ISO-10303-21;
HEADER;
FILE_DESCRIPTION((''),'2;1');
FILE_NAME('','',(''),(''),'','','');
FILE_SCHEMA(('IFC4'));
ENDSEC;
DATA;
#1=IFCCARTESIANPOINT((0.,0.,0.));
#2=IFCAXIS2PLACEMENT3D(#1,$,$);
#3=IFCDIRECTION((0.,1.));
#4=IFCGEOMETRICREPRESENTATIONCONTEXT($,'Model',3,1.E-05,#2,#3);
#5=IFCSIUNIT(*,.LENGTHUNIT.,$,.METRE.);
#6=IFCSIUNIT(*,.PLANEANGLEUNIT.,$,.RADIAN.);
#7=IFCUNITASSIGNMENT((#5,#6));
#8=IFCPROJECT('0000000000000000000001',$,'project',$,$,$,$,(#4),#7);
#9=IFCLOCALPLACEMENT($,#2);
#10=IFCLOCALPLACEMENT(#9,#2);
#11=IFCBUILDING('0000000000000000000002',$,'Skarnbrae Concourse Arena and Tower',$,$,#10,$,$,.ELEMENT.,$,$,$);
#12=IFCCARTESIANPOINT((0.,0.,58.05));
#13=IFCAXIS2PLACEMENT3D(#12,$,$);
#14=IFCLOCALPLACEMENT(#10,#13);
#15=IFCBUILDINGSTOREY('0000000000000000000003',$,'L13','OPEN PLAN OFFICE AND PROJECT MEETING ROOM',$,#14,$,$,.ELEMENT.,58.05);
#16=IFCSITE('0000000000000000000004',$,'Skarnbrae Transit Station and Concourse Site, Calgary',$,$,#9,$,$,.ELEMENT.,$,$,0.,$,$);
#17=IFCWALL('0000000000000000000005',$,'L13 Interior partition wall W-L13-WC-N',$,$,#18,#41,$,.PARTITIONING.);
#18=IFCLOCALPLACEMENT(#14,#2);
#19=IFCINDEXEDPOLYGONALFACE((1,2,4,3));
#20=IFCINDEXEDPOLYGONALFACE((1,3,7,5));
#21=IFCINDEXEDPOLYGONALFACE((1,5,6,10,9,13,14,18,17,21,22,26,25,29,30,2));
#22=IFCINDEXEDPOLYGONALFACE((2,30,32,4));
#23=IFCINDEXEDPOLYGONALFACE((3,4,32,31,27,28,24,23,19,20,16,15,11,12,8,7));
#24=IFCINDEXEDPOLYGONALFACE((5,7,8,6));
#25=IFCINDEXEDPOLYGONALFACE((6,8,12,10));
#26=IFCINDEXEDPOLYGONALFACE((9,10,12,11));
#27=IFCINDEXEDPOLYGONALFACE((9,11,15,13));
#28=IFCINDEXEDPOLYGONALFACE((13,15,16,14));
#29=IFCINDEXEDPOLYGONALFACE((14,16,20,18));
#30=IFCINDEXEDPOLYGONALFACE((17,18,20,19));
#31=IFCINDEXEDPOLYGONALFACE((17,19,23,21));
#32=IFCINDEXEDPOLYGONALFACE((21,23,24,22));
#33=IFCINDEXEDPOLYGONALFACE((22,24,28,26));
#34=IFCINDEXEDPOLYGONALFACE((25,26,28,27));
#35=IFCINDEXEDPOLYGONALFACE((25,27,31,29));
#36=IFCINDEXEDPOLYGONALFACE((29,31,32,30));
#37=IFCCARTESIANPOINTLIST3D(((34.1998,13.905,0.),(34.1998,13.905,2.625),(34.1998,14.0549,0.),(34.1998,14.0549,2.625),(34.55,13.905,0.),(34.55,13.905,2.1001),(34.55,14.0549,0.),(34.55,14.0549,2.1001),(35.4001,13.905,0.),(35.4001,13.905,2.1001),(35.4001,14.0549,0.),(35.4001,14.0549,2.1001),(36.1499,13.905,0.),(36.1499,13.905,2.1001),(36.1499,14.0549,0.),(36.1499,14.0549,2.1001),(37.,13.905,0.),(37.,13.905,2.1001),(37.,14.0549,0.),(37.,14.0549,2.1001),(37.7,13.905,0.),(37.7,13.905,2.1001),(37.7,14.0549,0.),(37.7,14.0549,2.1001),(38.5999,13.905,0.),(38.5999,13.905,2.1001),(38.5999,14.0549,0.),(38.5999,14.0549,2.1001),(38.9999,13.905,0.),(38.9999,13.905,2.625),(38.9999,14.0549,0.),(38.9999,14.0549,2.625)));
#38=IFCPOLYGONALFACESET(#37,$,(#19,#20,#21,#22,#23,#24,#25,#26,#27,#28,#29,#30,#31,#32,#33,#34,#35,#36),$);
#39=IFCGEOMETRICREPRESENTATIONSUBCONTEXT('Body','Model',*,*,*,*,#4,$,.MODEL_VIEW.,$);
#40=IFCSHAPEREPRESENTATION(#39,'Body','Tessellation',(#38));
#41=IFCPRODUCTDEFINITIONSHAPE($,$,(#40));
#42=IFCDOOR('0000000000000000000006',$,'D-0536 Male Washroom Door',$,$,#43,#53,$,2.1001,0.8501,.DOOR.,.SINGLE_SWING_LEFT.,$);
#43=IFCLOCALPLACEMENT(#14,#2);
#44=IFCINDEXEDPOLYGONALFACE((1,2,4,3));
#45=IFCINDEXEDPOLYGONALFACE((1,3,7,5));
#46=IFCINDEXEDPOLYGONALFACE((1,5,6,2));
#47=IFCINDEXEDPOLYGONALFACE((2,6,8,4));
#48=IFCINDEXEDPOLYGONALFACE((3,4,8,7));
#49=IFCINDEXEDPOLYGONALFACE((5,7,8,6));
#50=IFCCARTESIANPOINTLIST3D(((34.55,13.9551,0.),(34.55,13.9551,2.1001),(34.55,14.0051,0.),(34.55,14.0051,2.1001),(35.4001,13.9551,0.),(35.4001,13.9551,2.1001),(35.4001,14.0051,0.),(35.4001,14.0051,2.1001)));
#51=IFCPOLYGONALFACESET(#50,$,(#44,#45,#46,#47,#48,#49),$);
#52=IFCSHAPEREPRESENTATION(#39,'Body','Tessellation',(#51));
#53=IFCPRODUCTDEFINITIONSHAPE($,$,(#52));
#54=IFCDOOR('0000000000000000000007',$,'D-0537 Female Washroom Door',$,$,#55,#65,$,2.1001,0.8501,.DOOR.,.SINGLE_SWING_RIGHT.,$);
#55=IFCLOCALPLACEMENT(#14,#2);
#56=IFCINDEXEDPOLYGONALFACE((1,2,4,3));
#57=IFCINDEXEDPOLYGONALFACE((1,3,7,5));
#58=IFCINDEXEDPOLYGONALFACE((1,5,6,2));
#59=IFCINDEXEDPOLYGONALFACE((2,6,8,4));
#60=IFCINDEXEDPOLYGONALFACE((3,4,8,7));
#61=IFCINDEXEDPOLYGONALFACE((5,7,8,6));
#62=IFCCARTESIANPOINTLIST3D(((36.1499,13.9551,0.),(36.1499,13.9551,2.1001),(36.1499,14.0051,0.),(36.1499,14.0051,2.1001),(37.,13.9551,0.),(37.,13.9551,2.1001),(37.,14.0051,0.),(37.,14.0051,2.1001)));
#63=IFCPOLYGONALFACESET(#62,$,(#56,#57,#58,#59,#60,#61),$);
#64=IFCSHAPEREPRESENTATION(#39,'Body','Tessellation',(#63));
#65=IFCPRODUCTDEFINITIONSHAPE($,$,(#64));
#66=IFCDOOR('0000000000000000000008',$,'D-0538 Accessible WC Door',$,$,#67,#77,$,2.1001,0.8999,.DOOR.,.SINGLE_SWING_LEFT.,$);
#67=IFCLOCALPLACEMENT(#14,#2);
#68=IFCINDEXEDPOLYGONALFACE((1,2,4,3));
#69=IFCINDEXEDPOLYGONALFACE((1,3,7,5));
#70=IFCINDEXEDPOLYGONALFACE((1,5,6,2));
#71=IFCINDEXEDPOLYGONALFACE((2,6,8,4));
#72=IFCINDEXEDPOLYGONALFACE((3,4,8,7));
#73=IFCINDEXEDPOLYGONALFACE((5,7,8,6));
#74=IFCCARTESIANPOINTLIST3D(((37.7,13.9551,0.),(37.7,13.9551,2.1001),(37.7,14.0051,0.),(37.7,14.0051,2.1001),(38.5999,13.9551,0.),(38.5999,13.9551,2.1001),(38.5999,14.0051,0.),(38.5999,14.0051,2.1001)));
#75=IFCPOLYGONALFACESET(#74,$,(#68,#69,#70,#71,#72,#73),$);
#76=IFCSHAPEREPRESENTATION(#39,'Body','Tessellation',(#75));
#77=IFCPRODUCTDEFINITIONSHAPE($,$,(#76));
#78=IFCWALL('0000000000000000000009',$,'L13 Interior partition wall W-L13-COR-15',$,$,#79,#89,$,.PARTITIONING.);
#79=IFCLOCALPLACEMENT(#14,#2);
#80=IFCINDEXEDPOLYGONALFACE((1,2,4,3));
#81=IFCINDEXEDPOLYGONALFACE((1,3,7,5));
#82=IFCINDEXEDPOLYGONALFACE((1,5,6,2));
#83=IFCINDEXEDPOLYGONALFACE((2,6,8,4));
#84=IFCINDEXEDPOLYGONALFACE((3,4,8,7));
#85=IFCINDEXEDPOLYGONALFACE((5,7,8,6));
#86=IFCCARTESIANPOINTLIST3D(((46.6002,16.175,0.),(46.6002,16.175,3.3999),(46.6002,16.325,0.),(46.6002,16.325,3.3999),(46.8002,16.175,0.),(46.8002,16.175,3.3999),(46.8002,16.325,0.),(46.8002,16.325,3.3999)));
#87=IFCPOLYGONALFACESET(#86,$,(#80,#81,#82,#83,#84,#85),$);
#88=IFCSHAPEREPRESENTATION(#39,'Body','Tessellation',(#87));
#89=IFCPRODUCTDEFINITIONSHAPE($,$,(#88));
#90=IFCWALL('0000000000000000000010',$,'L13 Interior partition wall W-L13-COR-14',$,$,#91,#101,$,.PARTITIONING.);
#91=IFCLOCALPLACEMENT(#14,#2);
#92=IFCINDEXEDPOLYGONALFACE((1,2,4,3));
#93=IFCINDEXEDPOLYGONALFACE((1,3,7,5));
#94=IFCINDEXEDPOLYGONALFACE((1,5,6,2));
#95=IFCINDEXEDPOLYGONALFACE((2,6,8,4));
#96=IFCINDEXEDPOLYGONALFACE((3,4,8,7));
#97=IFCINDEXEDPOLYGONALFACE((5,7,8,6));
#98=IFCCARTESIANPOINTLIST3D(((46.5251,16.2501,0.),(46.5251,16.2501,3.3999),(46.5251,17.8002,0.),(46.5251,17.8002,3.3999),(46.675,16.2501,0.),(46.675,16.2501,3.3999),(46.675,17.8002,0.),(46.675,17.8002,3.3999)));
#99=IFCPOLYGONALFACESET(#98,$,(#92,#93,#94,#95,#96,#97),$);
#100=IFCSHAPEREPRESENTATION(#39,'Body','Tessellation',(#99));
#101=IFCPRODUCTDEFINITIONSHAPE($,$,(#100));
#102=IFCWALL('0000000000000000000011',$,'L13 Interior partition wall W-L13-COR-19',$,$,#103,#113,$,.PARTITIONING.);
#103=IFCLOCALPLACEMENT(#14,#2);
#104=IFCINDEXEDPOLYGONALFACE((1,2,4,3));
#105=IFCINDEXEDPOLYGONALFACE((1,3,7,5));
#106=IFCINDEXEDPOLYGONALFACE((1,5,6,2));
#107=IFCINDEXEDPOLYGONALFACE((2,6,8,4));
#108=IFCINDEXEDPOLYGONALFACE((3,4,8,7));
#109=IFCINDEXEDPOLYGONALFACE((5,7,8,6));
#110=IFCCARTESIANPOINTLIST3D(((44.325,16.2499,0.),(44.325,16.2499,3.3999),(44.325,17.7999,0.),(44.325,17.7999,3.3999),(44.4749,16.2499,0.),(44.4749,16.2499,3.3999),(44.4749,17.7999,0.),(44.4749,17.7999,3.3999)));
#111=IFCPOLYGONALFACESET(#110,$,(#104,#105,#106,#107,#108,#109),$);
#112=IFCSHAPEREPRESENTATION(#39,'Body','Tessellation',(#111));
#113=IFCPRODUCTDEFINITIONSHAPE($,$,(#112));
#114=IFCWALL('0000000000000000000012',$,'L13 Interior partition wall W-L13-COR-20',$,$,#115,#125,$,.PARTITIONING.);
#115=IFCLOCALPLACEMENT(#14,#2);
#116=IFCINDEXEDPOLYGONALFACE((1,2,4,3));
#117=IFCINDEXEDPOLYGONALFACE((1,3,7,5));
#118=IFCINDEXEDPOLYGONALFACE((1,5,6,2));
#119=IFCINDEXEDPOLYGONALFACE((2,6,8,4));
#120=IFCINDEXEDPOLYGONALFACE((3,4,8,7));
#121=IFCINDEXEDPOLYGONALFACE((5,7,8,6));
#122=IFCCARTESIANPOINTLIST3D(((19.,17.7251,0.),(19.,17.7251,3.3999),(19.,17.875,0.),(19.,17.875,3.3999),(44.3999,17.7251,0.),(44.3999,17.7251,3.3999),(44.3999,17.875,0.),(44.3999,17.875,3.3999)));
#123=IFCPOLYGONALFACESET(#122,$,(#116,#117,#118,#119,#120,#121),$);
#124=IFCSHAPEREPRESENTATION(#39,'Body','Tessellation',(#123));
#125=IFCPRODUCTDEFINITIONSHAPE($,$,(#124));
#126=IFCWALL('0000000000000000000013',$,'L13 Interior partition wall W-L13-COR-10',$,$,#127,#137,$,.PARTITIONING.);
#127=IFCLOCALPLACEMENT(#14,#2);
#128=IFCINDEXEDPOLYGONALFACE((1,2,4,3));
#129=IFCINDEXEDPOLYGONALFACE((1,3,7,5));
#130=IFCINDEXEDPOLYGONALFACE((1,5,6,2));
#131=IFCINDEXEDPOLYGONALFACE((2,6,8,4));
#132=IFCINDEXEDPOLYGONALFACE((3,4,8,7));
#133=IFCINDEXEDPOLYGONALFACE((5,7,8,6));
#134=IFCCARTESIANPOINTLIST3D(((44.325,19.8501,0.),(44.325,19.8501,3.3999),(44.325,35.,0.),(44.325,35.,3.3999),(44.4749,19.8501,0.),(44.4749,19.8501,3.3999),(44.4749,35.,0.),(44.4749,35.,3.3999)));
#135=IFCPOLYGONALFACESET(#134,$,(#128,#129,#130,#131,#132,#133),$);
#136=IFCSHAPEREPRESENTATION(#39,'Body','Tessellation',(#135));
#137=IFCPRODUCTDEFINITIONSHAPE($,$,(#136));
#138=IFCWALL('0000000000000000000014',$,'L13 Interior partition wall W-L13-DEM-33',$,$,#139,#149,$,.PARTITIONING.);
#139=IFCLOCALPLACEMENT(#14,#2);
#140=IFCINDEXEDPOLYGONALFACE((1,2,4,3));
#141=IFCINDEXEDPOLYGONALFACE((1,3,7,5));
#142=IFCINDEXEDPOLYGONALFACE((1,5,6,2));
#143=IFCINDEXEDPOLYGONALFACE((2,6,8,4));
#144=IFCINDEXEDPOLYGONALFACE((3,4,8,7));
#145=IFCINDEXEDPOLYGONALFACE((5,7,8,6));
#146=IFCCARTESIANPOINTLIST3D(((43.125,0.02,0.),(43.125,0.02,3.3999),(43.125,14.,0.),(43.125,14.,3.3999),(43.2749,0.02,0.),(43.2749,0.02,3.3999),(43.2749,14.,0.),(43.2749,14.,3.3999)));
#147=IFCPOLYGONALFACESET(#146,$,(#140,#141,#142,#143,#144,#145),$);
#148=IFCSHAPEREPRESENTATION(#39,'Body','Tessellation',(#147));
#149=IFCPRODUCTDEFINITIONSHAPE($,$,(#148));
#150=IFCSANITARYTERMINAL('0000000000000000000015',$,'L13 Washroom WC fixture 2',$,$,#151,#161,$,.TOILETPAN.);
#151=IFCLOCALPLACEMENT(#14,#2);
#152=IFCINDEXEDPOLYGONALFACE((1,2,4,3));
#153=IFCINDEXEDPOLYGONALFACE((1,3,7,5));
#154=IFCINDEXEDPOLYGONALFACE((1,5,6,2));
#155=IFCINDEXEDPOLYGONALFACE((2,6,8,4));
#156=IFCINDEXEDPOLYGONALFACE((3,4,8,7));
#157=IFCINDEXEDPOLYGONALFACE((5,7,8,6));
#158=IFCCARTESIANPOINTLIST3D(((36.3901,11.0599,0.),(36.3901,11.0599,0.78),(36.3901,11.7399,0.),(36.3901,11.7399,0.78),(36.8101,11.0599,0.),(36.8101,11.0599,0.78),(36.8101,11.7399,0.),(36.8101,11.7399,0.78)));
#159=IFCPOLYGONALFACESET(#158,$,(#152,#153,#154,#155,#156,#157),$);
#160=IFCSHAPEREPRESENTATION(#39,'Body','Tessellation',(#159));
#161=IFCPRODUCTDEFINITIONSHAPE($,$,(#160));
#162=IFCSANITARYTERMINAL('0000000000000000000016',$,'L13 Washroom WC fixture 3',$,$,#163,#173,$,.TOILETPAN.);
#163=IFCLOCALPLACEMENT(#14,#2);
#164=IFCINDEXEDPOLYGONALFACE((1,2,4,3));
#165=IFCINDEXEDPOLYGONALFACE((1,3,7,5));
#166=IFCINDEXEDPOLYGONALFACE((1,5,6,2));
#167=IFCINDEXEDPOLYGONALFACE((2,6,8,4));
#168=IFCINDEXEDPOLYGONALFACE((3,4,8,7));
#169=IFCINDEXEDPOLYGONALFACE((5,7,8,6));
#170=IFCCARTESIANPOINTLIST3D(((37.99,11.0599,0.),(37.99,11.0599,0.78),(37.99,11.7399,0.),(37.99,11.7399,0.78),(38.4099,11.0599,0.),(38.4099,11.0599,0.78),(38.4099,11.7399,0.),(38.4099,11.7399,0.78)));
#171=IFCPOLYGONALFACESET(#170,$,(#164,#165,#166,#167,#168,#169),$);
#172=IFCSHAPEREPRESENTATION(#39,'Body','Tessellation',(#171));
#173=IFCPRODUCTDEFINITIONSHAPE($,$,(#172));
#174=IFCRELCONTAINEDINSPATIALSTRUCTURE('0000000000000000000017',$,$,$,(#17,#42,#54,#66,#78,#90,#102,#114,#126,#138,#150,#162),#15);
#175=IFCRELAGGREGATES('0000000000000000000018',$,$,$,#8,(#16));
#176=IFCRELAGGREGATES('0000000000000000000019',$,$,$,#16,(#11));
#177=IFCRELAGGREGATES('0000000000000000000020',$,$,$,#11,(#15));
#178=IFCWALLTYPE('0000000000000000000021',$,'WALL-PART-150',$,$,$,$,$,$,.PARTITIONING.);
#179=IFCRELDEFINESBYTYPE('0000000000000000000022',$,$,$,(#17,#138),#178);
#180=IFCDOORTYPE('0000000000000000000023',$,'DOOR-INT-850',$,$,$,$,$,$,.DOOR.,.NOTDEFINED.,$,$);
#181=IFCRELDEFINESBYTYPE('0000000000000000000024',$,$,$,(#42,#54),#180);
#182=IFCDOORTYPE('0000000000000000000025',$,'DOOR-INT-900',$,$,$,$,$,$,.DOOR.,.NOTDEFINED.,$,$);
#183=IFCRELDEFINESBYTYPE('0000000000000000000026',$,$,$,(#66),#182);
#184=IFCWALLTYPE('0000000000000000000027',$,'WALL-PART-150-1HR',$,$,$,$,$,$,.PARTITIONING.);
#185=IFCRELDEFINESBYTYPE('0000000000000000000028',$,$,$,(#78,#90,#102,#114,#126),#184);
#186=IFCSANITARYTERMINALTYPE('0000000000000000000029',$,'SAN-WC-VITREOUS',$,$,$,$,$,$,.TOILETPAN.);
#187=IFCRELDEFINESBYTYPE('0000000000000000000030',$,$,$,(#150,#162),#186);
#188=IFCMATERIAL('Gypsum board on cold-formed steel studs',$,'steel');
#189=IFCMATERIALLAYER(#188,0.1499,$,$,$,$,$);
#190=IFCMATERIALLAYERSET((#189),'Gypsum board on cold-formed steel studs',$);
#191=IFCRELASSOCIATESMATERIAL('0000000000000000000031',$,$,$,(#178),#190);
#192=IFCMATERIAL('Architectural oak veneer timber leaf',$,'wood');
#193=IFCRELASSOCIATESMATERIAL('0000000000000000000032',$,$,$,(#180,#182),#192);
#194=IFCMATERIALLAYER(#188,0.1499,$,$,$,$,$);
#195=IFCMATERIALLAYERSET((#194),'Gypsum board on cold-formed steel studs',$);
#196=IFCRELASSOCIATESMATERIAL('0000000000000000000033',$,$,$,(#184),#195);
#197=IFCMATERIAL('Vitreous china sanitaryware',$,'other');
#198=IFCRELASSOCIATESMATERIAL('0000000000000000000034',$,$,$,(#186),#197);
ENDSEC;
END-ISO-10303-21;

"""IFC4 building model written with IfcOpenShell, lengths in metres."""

from ifc_helpers import new_model, si_unit, direction, frame, frame_2d, origin, origin_2d, place, context, subcontext, project, spatial, rectangle, extrude, source, transform, mapped, material, layer, layer_set, type_object, element, fill, save


model = new_model("IFC4")

# Units and contexts
model_context = context("Model", 3, precision=1e-05, world=origin(), true_north=direction((0.0, 1.0)))
body_context = subcontext(model_context, "Body", "Model", "MODEL_VIEW")
ifc_project = project(units=[si_unit("LENGTHUNIT", "METRE"), si_unit("PLANEANGLEUNIT", "RADIAN")], contexts=[model_context])

# Site, building, storey
site_placement = place(None, origin())
site = spatial("IfcSite", under=ifc_project, at=site_placement, Name="Skarnbrae Transit Station and Concourse Site, Calgary", CompositionType="ELEMENT", RefElevation=0.0)
building_placement = place(site_placement, origin())
building = spatial("IfcBuilding", under=site, at=building_placement, Name="Skarnbrae Concourse Arena and Tower", CompositionType="ELEMENT")
storey_placement = place(building_placement, frame((0.0, 0.0, 58.05)))
storey = spatial("IfcBuildingStorey", under=building, at=storey_placement, Name="L13", Description="OPEN PLAN OFFICE AND PROJECT MEETING ROOM", CompositionType="ELEMENT", Elevation=58.05)

# Wall, openings, doors
ifc_material_1 = material(Name="Gypsum board on cold-formed steel studs", Category="steel")
ifc_layer_1 = layer(ifc_material_1, 0.1499)
ifc_layer_set_1 = layer_set([ifc_layer_1], Name="Gypsum board on cold-formed steel studs")
wall_type_1 = type_object("IfcWallType", Name="WALL-PART-150", PredefinedType="PARTITIONING", material=ifc_layer_set_1)
shared_shape_1 = source(origin(), body_context, "Body", "SweptSolid", [
    extrude(rectangle(XDim=4.8, YDim=0.1499, at=frame_2d((2.3999, 0.0))), origin(), (0.0, 0.0, 1.0), 2.625),
])
wall_1_placement = place(storey_placement, frame((34.2, 13.98, 0.0), z_axis=(0.0, 0.0, 1.0), x_axis=(1.0, 0.0, 0.0)))
wall_1 = element("IfcWall", 1, at=wall_1_placement, inside=storey, type_object=wall_type_1, Name="L13 Interior partition wall W-L13-WC-N", PredefinedType="PARTITIONING", context=body_context, shape_type="MappedRepresentation", body=[
    mapped(shared_shape_1, transform((0.0, 0.0, 0.0))),
])
opening_1_placement = place(wall_1_placement, frame((0.3501, 0.0, 0.0)))
opening_1 = element("IfcOpeningElement", 2, at=opening_1_placement, cuts=wall_1, PredefinedType="OPENING", context=body_context, shape_type="SweptSolid", body=[
    extrude(rectangle(XDim=0.8501, YDim=2.1001, at=frame_2d((0.425, 1.05))), frame((0.0, 0.085, 0.0), z_axis=(0.0, -1.0, 0.0), x_axis=(1.0, 0.0, 0.0)), (0.0, 0.0, 1.0), 0.1699),
])
opening_2_placement = place(wall_1_placement, frame((1.95, 0.0, 0.0)))
opening_2 = element("IfcOpeningElement", 3, at=opening_2_placement, cuts=wall_1, PredefinedType="OPENING", context=body_context, shape_type="SweptSolid", body=[
    extrude(rectangle(XDim=0.8501, YDim=2.1001, at=frame_2d((0.425, 1.05))), frame((0.0, 0.085, 0.0), z_axis=(0.0, -1.0, 0.0), x_axis=(1.0, 0.0, 0.0)), (0.0, 0.0, 1.0), 0.1699),
])
opening_3_placement = place(wall_1_placement, frame((3.5, 0.0, 0.0)))
opening_3 = element("IfcOpeningElement", 4, at=opening_3_placement, cuts=wall_1, PredefinedType="OPENING", context=body_context, shape_type="SweptSolid", body=[
    extrude(rectangle(XDim=0.8999, YDim=2.1001, at=frame_2d((0.45, 1.05))), frame((0.0, 0.085, 0.0), z_axis=(0.0, -1.0, 0.0), x_axis=(1.0, 0.0, 0.0)), (0.0, 0.0, 1.0), 0.1699),
])
ifc_material_2 = material(Name="Architectural oak veneer timber leaf", Category="wood")
door_type_1 = type_object("IfcDoorType", Name="DOOR-INT-850", OperationType="NOTDEFINED", PredefinedType="DOOR", material=ifc_material_2)
shared_shape_2 = source(origin(), body_context, "Body", "SweptSolid", [
    extrude(rectangle(XDim=0.8501, YDim=2.1001, at=frame_2d((0.425, 1.05))), frame((0.0, 0.0249, 0.0), z_axis=(0.0, -1.0, 0.0), x_axis=(1.0, 0.0, 0.0)), (0.0, 0.0, 1.0), 0.05),
])
door_1_placement = place(opening_1_placement, frame((0.8501, 0.0, 0.0), z_axis=(0.0, 0.0, 1.0), x_axis=(-1.0, 0.0, 0.0)))
door_1 = element("IfcDoor", 5, at=door_1_placement, inside=storey, type_object=door_type_1, Name="D-0536 Male Washroom Door", OperationType="SINGLE_SWING_LEFT", OverallHeight=2.1001, OverallWidth=0.8501, PredefinedType="DOOR", context=body_context, shape_type="MappedRepresentation", body=[
    mapped(shared_shape_2, transform((0.0, 0.0, 0.0))),
])
fill(opening_1, door_1)
door_2_placement = place(opening_2_placement, frame((0.8501, 0.0, 0.0), z_axis=(0.0, 0.0, 1.0), x_axis=(-1.0, 0.0, 0.0)))
door_2 = element("IfcDoor", 6, at=door_2_placement, inside=storey, type_object=door_type_1, Name="D-0537 Female Washroom Door", OperationType="SINGLE_SWING_RIGHT", OverallHeight=2.1001, OverallWidth=0.8501, PredefinedType="DOOR", context=body_context, shape_type="MappedRepresentation", body=[
    mapped(shared_shape_2, transform((0.0, 0.0, 0.0))),
])
fill(opening_2, door_2)
door_type_2 = type_object("IfcDoorType", Name="DOOR-INT-900", OperationType="NOTDEFINED", PredefinedType="DOOR", material=ifc_material_2)
shared_shape_3 = source(origin(), body_context, "Body", "SweptSolid", [
    extrude(rectangle(XDim=0.8999, YDim=2.1001, at=frame_2d((0.45, 1.05))), frame((0.0, 0.0249, 0.0), z_axis=(0.0, -1.0, 0.0), x_axis=(1.0, 0.0, 0.0)), (0.0, 0.0, 1.0), 0.05),
])
door_3_placement = place(opening_3_placement, frame((0.8999, 0.0, 0.0), z_axis=(0.0, 0.0, 1.0), x_axis=(-1.0, 0.0, 0.0)))
door_3 = element("IfcDoor", 7, at=door_3_placement, inside=storey, type_object=door_type_2, Name="D-0538 Accessible WC Door", OperationType="SINGLE_SWING_LEFT", OverallHeight=2.1001, OverallWidth=0.8999, PredefinedType="DOOR", context=body_context, shape_type="MappedRepresentation", body=[
    mapped(shared_shape_3, transform((0.0, 0.0, 0.0))),
])
fill(opening_3, door_3)

# Walls
ifc_layer_2 = layer(ifc_material_1, 0.1499)
ifc_layer_set_2 = layer_set([ifc_layer_2], Name="Gypsum board on cold-formed steel studs")
wall_type_2 = type_object("IfcWallType", Name="WALL-PART-150-1HR", PredefinedType="PARTITIONING", material=ifc_layer_set_2)
shared_shape_4 = source(origin(), body_context, "Body", "SweptSolid", [
    extrude(rectangle(XDim=0.2, YDim=0.1499, at=frame_2d((0.1001, 0.0))), origin(), (0.0, 0.0, 1.0), 3.3999),
])
wall_2_placement = place(storey_placement, frame((46.6001, 16.25, 0.0), z_axis=(0.0, 0.0, 1.0), x_axis=(1.0, 0.0, 0.0)))
element("IfcWall", 8, at=wall_2_placement, inside=storey, type_object=wall_type_2, Name="L13 Interior partition wall W-L13-COR-15", PredefinedType="PARTITIONING", context=body_context, shape_type="MappedRepresentation", body=[
    mapped(shared_shape_4, transform((0.0, 0.0, 0.0))),
])
shared_shape_5 = source(origin(), body_context, "Body", "SweptSolid", [
    extrude(rectangle(XDim=1.55, YDim=0.1499, at=frame_2d((0.7749, 0.0))), origin(), (0.0, 0.0, 1.0), 3.3999),
])
for number, where, z_axis, x_axis, name in (
    (9, (46.6001, 17.8, 0.0), (0.0, 0.0, 1.0), (0.0, -1.0, 0.0), "L13 Interior partition wall W-L13-COR-14"),
    (10, (44.3999, 16.25, 0.0), (0.0, 0.0, 1.0), (0.0, 1.0, 0.0), "L13 Interior partition wall W-L13-COR-19"),
):
    element("IfcWall", number, at=place(storey_placement, frame(where, z_axis=z_axis, x_axis=x_axis)), inside=storey, type_object=wall_type_2, Name=name, PredefinedType="PARTITIONING", context=body_context, shape_type="MappedRepresentation", body=[
        mapped(shared_shape_5, transform((0.0, 0.0, 0.0))),
    ])
shared_shape_6 = source(origin(), body_context, "Body", "SweptSolid", [
    extrude(rectangle(XDim=25.3999, YDim=0.1499, at=frame_2d((12.7, 0.0))), origin(), (0.0, 0.0, 1.0), 3.3999),
])
wall_3_placement = place(storey_placement, frame((44.3999, 17.8, 0.0), z_axis=(0.0, 0.0, 1.0), x_axis=(-1.0, 0.0, 0.0)))
element("IfcWall", 11, at=wall_3_placement, inside=storey, type_object=wall_type_2, Name="L13 Interior partition wall W-L13-COR-20", PredefinedType="PARTITIONING", context=body_context, shape_type="MappedRepresentation", body=[
    mapped(shared_shape_6, transform((0.0, 0.0, 0.0))),
])
shared_shape_7 = source(origin(), body_context, "Body", "SweptSolid", [
    extrude(rectangle(XDim=15.1499, YDim=0.1499, at=frame_2d((7.575, 0.0))), origin(), (0.0, 0.0, 1.0), 3.3999),
])
wall_4_placement = place(storey_placement, frame((44.3999, 19.8501, 0.0), z_axis=(0.0, 0.0, 1.0), x_axis=(0.0, 1.0, 0.0)))
element("IfcWall", 12, at=wall_4_placement, inside=storey, type_object=wall_type_2, Name="L13 Interior partition wall W-L13-COR-10", PredefinedType="PARTITIONING", context=body_context, shape_type="MappedRepresentation", body=[
    mapped(shared_shape_7, transform((0.0, 0.0, 0.0))),
])
shared_shape_8 = source(origin(), body_context, "Body", "SweptSolid", [
    extrude(rectangle(XDim=13.98, YDim=0.1499, at=frame_2d((6.99, 0.0))), origin(), (0.0, 0.0, 1.0), 3.3999),
])
wall_5_placement = place(storey_placement, frame((43.2, 14.0, 0.0), z_axis=(0.0, 0.0, 1.0), x_axis=(0.0, -1.0, 0.0)))
element("IfcWall", 13, at=wall_5_placement, inside=storey, type_object=wall_type_1, Name="L13 Interior partition wall W-L13-DEM-33", PredefinedType="PARTITIONING", context=body_context, shape_type="MappedRepresentation", body=[
    mapped(shared_shape_8, transform((0.0, 0.0, 0.0))),
])

# Sanitary terminals
ifc_material_3 = material(Name="Vitreous china sanitaryware", Category="other")
sanitary_terminal_type = type_object("IfcSanitaryTerminalType", Name="SAN-WC-VITREOUS", PredefinedType="TOILETPAN", material=ifc_material_3)
shared_shape_9 = source(origin(), body_context, "Body", "SweptSolid", [
    extrude(rectangle(XDim=0.4199, YDim=0.6799, at=origin_2d()), origin(), (0.0, 0.0, 1.0), 0.78),
])
for number, where, z_axis, x_axis, name in (
    (14, (36.6001, 11.3999, 0.0), (0.0, 0.0, 1.0), (1.0, 0.0, 0.0), "L13 Washroom WC fixture 2"),
    (15, (38.2, 11.3999, 0.0), (0.0, 0.0, 1.0), (1.0, 0.0, 0.0), "L13 Washroom WC fixture 3"),
):
    element("IfcSanitaryTerminal", number, at=place(storey_placement, frame(where, z_axis=z_axis, x_axis=x_axis)), inside=storey, type_object=sanitary_terminal_type, Name=name, PredefinedType="TOILETPAN", context=body_context, shape_type="MappedRepresentation", body=[
        mapped(shared_shape_9, transform((0.0, 0.0, 0.0))),
    ])

save(model, "model.ifc")
